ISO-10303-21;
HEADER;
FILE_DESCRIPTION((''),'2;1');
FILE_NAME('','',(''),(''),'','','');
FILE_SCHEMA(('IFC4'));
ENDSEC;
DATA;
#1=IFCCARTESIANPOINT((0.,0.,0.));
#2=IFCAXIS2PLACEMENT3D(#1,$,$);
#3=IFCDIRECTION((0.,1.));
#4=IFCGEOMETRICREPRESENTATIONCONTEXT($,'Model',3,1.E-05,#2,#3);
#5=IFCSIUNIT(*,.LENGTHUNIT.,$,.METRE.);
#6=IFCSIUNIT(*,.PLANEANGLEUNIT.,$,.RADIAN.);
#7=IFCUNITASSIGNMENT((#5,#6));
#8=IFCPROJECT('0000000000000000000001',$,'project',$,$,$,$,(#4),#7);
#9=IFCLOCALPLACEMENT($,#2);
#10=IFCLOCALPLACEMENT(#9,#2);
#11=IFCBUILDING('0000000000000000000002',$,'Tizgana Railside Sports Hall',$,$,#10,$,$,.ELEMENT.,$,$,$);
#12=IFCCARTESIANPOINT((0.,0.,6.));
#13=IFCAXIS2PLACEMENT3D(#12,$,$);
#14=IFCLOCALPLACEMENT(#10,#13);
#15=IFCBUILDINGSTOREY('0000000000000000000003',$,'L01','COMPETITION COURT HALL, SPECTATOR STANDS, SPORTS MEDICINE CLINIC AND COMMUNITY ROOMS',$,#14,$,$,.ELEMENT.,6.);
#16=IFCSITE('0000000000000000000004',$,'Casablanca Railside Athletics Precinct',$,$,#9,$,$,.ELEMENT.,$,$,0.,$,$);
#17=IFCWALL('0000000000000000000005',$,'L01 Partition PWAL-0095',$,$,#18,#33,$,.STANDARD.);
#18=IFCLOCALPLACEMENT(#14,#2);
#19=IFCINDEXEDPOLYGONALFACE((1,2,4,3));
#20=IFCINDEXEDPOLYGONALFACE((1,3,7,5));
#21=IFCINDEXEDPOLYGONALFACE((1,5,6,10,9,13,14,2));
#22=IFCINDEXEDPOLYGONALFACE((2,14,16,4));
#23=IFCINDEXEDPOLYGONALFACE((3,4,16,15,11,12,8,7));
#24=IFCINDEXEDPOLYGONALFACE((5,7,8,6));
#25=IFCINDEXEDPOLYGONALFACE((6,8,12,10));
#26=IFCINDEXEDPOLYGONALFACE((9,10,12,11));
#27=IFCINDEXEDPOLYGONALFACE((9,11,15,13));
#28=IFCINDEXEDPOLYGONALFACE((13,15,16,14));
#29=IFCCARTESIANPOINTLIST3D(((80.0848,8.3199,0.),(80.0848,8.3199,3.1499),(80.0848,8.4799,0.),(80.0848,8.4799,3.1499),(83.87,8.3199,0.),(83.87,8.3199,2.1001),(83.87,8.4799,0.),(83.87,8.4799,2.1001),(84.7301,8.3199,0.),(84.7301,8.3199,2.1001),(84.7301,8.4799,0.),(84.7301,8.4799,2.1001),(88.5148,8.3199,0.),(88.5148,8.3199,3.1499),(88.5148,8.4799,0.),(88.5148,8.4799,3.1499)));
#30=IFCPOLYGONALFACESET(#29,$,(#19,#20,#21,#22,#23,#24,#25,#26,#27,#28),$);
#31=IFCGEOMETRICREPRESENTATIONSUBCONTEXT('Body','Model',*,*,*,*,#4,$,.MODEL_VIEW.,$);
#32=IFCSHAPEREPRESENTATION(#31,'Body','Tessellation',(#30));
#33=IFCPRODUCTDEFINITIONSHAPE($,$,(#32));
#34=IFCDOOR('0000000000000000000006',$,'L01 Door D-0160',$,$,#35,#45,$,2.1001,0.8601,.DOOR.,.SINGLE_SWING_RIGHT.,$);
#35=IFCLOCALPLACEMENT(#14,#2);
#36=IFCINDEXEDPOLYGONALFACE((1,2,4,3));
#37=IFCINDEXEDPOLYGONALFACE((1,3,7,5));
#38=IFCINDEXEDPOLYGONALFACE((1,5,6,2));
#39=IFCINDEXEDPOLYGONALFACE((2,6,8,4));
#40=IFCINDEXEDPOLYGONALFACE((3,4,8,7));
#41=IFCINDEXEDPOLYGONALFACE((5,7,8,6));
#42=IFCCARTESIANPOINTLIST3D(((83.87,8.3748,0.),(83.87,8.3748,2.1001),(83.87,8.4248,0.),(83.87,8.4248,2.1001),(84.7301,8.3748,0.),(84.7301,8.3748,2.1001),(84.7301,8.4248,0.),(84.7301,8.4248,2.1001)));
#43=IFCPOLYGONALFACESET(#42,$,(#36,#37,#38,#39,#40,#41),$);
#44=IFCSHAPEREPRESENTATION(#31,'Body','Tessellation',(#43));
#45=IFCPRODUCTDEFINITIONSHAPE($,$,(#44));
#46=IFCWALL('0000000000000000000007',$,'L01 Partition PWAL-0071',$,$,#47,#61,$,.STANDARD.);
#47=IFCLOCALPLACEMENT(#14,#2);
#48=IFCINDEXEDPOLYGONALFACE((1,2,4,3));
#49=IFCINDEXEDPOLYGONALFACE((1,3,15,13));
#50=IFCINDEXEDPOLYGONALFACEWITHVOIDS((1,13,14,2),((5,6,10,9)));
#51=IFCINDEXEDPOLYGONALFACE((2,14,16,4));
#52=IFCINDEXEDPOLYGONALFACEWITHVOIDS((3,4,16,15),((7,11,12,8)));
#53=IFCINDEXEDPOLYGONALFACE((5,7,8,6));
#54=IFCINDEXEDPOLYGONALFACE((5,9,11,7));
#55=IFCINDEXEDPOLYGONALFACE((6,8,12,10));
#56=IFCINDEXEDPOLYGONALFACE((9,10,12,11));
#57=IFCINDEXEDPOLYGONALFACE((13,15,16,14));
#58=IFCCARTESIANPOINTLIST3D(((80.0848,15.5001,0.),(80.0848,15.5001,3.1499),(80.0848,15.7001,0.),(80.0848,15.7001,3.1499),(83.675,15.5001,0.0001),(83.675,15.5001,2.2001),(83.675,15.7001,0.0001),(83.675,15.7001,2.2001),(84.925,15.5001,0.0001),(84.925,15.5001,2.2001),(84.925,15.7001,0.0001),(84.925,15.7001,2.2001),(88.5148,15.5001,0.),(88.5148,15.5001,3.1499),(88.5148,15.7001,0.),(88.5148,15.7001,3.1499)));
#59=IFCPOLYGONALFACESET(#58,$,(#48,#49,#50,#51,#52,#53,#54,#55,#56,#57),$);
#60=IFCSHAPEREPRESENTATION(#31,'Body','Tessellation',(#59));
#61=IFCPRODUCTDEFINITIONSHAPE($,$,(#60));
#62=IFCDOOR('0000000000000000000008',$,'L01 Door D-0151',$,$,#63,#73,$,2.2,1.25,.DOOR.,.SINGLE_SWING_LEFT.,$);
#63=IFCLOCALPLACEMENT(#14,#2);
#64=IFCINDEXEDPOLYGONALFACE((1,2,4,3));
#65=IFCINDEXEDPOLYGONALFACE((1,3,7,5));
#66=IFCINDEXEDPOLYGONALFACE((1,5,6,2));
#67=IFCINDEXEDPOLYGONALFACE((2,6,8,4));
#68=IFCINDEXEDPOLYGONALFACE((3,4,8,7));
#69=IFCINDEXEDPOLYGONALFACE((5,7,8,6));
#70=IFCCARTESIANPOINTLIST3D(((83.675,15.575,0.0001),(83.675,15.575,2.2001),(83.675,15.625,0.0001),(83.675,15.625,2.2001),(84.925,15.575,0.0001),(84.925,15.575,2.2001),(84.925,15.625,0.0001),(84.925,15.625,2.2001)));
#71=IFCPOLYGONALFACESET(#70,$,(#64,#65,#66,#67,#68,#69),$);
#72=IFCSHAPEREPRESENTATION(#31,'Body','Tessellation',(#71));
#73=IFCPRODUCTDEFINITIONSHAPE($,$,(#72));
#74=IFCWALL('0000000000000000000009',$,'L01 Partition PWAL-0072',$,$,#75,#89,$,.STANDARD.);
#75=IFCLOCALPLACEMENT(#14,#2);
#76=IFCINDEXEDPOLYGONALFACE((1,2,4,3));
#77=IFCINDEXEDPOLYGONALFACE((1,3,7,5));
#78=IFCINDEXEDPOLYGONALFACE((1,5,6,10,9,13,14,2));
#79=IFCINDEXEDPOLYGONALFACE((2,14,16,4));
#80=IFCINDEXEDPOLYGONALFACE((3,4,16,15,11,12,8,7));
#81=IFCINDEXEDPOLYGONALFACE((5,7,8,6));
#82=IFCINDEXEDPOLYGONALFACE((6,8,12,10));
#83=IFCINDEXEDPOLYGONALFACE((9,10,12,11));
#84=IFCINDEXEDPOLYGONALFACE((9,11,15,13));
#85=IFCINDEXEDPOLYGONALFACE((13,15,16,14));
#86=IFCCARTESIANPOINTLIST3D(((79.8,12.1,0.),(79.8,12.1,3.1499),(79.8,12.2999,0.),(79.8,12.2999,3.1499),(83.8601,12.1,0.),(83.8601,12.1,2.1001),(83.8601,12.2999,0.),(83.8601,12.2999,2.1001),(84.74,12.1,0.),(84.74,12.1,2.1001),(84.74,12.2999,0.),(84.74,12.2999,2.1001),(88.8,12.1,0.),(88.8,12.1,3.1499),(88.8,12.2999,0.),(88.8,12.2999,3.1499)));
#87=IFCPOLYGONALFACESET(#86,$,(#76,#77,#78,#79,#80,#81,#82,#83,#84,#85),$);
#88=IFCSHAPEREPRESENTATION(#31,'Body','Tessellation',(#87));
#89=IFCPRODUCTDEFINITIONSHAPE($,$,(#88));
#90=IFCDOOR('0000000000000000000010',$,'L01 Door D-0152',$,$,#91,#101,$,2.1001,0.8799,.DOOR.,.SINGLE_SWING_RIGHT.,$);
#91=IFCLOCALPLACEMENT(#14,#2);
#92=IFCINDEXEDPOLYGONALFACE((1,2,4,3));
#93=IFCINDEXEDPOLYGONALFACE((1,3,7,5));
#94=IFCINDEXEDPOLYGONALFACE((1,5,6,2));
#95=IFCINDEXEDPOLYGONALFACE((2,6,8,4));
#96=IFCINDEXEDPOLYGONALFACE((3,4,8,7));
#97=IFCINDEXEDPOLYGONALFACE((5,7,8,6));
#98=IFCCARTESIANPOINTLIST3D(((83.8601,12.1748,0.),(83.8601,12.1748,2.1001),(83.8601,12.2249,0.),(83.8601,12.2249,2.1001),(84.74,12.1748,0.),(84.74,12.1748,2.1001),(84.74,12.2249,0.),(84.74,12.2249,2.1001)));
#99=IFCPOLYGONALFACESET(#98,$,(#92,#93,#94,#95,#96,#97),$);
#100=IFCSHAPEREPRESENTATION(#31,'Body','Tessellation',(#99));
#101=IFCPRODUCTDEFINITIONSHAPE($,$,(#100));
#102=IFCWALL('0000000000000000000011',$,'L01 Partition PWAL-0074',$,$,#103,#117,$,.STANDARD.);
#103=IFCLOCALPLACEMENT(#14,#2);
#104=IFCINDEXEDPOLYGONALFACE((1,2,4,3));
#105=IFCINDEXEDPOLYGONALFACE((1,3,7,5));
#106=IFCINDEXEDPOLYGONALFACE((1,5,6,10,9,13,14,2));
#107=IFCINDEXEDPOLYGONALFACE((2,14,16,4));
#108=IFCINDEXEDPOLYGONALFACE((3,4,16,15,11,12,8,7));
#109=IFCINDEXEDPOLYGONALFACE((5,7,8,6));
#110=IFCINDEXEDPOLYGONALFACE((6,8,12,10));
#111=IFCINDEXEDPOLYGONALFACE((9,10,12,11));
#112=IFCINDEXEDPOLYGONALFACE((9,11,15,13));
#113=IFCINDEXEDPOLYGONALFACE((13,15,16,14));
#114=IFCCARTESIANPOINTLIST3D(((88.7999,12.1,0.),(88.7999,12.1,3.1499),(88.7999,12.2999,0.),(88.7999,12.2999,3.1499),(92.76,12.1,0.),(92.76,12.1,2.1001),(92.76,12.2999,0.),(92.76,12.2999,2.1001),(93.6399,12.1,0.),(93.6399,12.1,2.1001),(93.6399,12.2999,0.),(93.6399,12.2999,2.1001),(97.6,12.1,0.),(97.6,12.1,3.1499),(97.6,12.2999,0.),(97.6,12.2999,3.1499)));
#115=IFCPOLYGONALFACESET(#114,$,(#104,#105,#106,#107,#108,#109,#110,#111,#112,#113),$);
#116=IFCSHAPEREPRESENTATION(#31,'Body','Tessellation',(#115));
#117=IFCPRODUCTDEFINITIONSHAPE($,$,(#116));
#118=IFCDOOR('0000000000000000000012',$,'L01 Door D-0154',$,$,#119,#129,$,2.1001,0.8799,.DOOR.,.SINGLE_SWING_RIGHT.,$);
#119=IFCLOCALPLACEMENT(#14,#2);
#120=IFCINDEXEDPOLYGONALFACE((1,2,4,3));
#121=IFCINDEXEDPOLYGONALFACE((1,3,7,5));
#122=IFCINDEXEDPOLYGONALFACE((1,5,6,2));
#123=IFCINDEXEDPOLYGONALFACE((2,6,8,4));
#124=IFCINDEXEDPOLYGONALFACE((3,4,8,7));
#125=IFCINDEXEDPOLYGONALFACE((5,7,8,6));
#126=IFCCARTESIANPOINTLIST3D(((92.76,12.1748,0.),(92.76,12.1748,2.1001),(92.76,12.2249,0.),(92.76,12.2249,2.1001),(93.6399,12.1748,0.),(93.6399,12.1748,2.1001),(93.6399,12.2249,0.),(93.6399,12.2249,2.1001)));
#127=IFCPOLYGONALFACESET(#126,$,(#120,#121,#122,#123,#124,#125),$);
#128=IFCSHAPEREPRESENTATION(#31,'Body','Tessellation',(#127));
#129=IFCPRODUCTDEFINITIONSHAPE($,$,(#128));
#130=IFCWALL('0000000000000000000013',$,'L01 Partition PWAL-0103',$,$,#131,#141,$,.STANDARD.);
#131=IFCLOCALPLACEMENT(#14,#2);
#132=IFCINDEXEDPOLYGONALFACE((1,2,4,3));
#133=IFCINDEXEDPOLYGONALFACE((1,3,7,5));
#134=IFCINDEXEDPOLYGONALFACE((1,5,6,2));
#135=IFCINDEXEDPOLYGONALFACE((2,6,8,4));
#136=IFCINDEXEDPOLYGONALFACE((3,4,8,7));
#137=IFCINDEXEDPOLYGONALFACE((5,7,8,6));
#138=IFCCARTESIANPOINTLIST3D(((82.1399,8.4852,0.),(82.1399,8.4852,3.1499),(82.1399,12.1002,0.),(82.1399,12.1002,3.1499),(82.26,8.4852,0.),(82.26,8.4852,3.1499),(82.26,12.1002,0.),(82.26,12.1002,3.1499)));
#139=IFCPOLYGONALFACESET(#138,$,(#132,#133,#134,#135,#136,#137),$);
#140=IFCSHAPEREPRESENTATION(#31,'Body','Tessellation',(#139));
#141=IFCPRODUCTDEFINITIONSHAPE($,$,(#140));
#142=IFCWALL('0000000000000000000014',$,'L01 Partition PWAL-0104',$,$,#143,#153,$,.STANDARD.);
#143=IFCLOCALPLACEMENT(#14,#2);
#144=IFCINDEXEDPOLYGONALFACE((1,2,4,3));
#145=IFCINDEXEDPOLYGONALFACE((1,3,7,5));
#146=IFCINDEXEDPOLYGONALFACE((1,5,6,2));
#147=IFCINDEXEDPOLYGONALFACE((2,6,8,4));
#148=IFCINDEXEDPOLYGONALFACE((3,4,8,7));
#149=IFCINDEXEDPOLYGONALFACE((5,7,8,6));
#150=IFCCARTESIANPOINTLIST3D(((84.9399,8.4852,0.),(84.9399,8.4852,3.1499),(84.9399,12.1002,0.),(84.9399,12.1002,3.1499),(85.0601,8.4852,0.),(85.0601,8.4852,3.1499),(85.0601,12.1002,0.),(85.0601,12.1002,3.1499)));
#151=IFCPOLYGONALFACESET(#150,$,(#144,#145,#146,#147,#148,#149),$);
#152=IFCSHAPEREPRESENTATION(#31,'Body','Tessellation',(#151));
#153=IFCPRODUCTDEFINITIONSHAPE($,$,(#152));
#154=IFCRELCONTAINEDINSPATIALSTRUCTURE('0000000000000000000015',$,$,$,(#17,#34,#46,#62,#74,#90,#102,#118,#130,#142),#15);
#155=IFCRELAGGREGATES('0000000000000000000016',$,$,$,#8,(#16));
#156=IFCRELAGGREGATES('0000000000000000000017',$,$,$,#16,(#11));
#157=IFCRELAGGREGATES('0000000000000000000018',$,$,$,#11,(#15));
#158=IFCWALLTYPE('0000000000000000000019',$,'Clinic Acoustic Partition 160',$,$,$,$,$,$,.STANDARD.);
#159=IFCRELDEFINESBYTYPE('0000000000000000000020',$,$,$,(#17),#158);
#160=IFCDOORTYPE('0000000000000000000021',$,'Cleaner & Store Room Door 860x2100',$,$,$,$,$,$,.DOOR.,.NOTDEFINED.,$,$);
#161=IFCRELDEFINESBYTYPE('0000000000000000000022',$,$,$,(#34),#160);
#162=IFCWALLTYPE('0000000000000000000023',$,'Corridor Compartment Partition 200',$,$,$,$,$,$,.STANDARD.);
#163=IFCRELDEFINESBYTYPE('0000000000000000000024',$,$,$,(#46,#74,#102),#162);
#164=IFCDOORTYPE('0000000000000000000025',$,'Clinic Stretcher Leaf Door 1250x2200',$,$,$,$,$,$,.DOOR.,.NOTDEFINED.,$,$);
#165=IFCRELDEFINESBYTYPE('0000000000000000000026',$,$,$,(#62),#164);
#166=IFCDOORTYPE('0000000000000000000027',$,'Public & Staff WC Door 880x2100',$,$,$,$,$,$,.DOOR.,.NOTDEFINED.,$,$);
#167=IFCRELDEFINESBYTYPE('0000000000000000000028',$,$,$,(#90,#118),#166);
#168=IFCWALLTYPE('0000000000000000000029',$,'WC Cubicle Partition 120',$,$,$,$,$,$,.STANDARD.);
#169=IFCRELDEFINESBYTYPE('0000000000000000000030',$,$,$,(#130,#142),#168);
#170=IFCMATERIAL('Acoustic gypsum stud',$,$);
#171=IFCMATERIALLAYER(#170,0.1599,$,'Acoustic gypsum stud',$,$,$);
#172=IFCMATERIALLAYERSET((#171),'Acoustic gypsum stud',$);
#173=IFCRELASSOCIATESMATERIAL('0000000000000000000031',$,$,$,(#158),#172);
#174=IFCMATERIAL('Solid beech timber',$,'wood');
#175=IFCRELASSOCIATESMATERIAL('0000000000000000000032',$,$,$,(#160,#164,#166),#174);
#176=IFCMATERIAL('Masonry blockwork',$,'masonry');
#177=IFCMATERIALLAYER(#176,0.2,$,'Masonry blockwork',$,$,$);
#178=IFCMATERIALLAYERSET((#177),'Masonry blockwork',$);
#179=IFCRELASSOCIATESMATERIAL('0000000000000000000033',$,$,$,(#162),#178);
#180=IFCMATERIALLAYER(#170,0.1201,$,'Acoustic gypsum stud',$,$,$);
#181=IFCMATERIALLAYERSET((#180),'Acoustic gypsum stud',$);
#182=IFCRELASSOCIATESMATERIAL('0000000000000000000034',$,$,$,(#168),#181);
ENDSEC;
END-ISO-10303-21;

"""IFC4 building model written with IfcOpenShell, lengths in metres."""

from ifc_helpers import new_model, si_unit, direction, frame, frame_2d, origin, place, context, subcontext, project, spatial, rectangle, extrude, material, layer, layer_set, type_object, element, fill, save


model = new_model("IFC4")

# Units and contexts
model_context = context("Model", 3, precision=1e-05, world=origin(), true_north=direction((0.0, 1.0)))
body_context = subcontext(model_context, "Body", "Model", "MODEL_VIEW")
ifc_project = project(units=[si_unit("LENGTHUNIT", "METRE"), si_unit("PLANEANGLEUNIT", "RADIAN")], contexts=[model_context])

# Site, building, storey
site_placement = place(None, origin())
site = spatial("IfcSite", under=ifc_project, at=site_placement, Name="Casablanca Railside Athletics Precinct", CompositionType="ELEMENT", RefElevation=0.0)
building_placement = place(site_placement, origin())
building = spatial("IfcBuilding", under=site, at=building_placement, Name="Tizgana Railside Sports Hall", CompositionType="ELEMENT")
storey_placement = place(building_placement, frame((0.0, 0.0, 6.0)))
storey = spatial("IfcBuildingStorey", under=building, at=storey_placement, Name="L01", Description="COMPETITION COURT HALL, SPECTATOR STANDS, SPORTS MEDICINE CLINIC AND COMMUNITY ROOMS", CompositionType="ELEMENT", Elevation=6.0)

# Shared definitions
ifc_material_1 = material(Name="Acoustic gypsum stud")
ifc_layer_1 = layer(ifc_material_1, 0.1599, Name="Acoustic gypsum stud")
ifc_layer_set_1 = layer_set([ifc_layer_1], Name="Acoustic gypsum stud")
wall_type_1 = type_object("IfcWallType", Name="Clinic Acoustic Partition 160", PredefinedType="STANDARD", material=ifc_layer_set_1)

# Walls, openings, doors
wall_1_placement = place(storey_placement, frame((80.085, 8.3999, 0.0), z_axis=(0.0, 0.0, 1.0), x_axis=(1.0, 0.0, 0.0)))
wall_1 = element("IfcWall", 1, at=wall_1_placement, inside=storey, type_object=wall_type_1, Name="L01 Partition PWAL-0095", PredefinedType="STANDARD", context=body_context, shape_type="SweptSolid", body=[
    extrude(rectangle(XDim=8.4299, YDim=0.1599, at=frame_2d((4.2148, 0.0))), origin(), (0.0, 0.0, 1.0), 3.1499),
])
opening_1_placement = place(wall_1_placement, frame((3.7849, 0.0, 0.0)))
opening_1 = element("IfcOpeningElement", 2, at=opening_1_placement, cuts=wall_1, PredefinedType="OPENING", context=body_context, shape_type="SweptSolid", body=[
    extrude(rectangle(XDim=0.8601, YDim=2.1001, at=frame_2d((0.4302, 1.05))), frame((0.0, 0.0898, 0.0), z_axis=(0.0, -1.0, 0.0), x_axis=(1.0, 0.0, 0.0)), (0.0, 0.0, 1.0), 0.1799),
])
ifc_material_2 = material(Name="Solid beech timber", Category="wood")
door_type_1 = type_object("IfcDoorType", Name="Cleaner & Store Room Door 860x2100", OperationType="NOTDEFINED", PredefinedType="DOOR", material=ifc_material_2)
door_1_placement = place(opening_1_placement, origin())
door_1 = element("IfcDoor", 3, at=door_1_placement, inside=storey, type_object=door_type_1, Name="L01 Door D-0160", OperationType="SINGLE_SWING_RIGHT", OverallHeight=2.1001, OverallWidth=0.8601, PredefinedType="DOOR", context=body_context, shape_type="SweptSolid", body=[
    extrude(rectangle(XDim=0.8601, YDim=2.1001, at=frame_2d((0.4302, 1.05))), frame((0.0, 0.0249, 0.0), z_axis=(0.0, -1.0, 0.0), x_axis=(1.0, 0.0, 0.0)), (0.0, 0.0, 1.0), 0.05),
])
fill(opening_1, door_1)
ifc_material_3 = material(Name="Masonry blockwork", Category="masonry")
ifc_layer_2 = layer(ifc_material_3, 0.2, Name="Masonry blockwork")
ifc_layer_set_2 = layer_set([ifc_layer_2], Name="Masonry blockwork")
wall_type_2 = type_object("IfcWallType", Name="Corridor Compartment Partition 200", PredefinedType="STANDARD", material=ifc_layer_set_2)
wall_2_placement = place(storey_placement, frame((80.085, 15.6001, 0.0), z_axis=(0.0, 0.0, 1.0), x_axis=(1.0, 0.0, 0.0)))
wall_2 = element("IfcWall", 4, at=wall_2_placement, inside=storey, type_object=wall_type_2, Name="L01 Partition PWAL-0071", PredefinedType="STANDARD", context=body_context, shape_type="SweptSolid", body=[
    extrude(rectangle(XDim=8.4299, YDim=0.2, at=frame_2d((4.2148, 0.0))), origin(), (0.0, 0.0, 1.0), 3.1499),
])
opening_2_placement = place(wall_2_placement, frame((3.5901, 0.0, 0.0)))
opening_2 = element("IfcOpeningElement", 5, at=opening_2_placement, cuts=wall_2, PredefinedType="OPENING", context=body_context, shape_type="SweptSolid", body=[
    extrude(rectangle(XDim=1.25, YDim=2.2, at=frame_2d((0.625, 1.1001))), frame((0.0, 0.1099, 0.0), z_axis=(0.0, -1.0, 0.0), x_axis=(1.0, 0.0, 0.0)), (0.0, 0.0, 1.0), 0.22),
])
door_type_2 = type_object("IfcDoorType", Name="Clinic Stretcher Leaf Door 1250x2200", OperationType="NOTDEFINED", PredefinedType="DOOR", material=ifc_material_2)
door_2_placement = place(opening_2_placement, origin())
door_2 = element("IfcDoor", 6, at=door_2_placement, inside=storey, type_object=door_type_2, Name="L01 Door D-0151", OperationType="SINGLE_SWING_LEFT", OverallHeight=2.2, OverallWidth=1.25, PredefinedType="DOOR", context=body_context, shape_type="SweptSolid", body=[
    extrude(rectangle(XDim=1.25, YDim=2.2, at=frame_2d((0.625, 1.1001))), frame((0.0, 0.0249, 0.0), z_axis=(0.0, -1.0, 0.0), x_axis=(1.0, 0.0, 0.0)), (0.0, 0.0, 1.0), 0.05),
])
fill(opening_2, door_2)
wall_3_placement = place(storey_placement, frame((79.8, 12.2, 0.0), z_axis=(0.0, 0.0, 1.0), x_axis=(1.0, 0.0, 0.0)))
wall_3 = element("IfcWall", 7, at=wall_3_placement, inside=storey, type_object=wall_type_2, Name="L01 Partition PWAL-0072", PredefinedType="STANDARD", context=body_context, shape_type="SweptSolid", body=[
    extrude(rectangle(XDim=9.0, YDim=0.2, at=frame_2d((4.5, 0.0))), origin(), (0.0, 0.0, 1.0), 3.1499),
])
opening_3_placement = place(wall_3_placement, frame((4.0601, 0.0, 0.0)))
opening_3 = element("IfcOpeningElement", 8, at=opening_3_placement, cuts=wall_3, PredefinedType="OPENING", context=body_context, shape_type="SweptSolid", body=[
    extrude(rectangle(XDim=0.8799, YDim=2.1001, at=frame_2d((0.4399, 1.05))), frame((0.0, 0.1099, 0.0), z_axis=(0.0, -1.0, 0.0), x_axis=(1.0, 0.0, 0.0)), (0.0, 0.0, 1.0), 0.22),
])
door_type_3 = type_object("IfcDoorType", Name="Public & Staff WC Door 880x2100", OperationType="NOTDEFINED", PredefinedType="DOOR", material=ifc_material_2)
door_3_placement = place(opening_3_placement, origin())
door_3 = element("IfcDoor", 9, at=door_3_placement, inside=storey, type_object=door_type_3, Name="L01 Door D-0152", OperationType="SINGLE_SWING_RIGHT", OverallHeight=2.1001, OverallWidth=0.8799, PredefinedType="DOOR", context=body_context, shape_type="SweptSolid", body=[
    extrude(rectangle(XDim=0.8799, YDim=2.1001, at=frame_2d((0.4399, 1.05))), frame((0.0, 0.0249, 0.0), z_axis=(0.0, -1.0, 0.0), x_axis=(1.0, 0.0, 0.0)), (0.0, 0.0, 1.0), 0.05),
])
fill(opening_3, door_3)
wall_4_placement = place(storey_placement, frame((88.8, 12.2, 0.0), z_axis=(0.0, 0.0, 1.0), x_axis=(1.0, 0.0, 0.0)))
wall_4 = element("IfcWall", 10, at=wall_4_placement, inside=storey, type_object=wall_type_2, Name="L01 Partition PWAL-0074", PredefinedType="STANDARD", context=body_context, shape_type="SweptSolid", body=[
    extrude(rectangle(XDim=8.8, YDim=0.2, at=frame_2d((4.3999, 0.0))), origin(), (0.0, 0.0, 1.0), 3.1499),
])
opening_4_placement = place(wall_4_placement, frame((3.96, 0.0, 0.0)))
opening_4 = element("IfcOpeningElement", 11, at=opening_4_placement, cuts=wall_4, PredefinedType="OPENING", context=body_context, shape_type="SweptSolid", body=[
    extrude(rectangle(XDim=0.8799, YDim=2.1001, at=frame_2d((0.4399, 1.05))), frame((0.0, 0.1099, 0.0), z_axis=(0.0, -1.0, 0.0), x_axis=(1.0, 0.0, 0.0)), (0.0, 0.0, 1.0), 0.22),
])
door_4_placement = place(opening_4_placement, origin())
door_4 = element("IfcDoor", 12, at=door_4_placement, inside=storey, type_object=door_type_3, Name="L01 Door D-0154", OperationType="SINGLE_SWING_RIGHT", OverallHeight=2.1001, OverallWidth=0.8799, PredefinedType="DOOR", context=body_context, shape_type="SweptSolid", body=[
    extrude(rectangle(XDim=0.8799, YDim=2.1001, at=frame_2d((0.4399, 1.05))), frame((0.0, 0.0249, 0.0), z_axis=(0.0, -1.0, 0.0), x_axis=(1.0, 0.0, 0.0)), (0.0, 0.0, 1.0), 0.05),
])
fill(opening_4, door_4)

# Walls
ifc_layer_3 = layer(ifc_material_1, 0.1201, Name="Acoustic gypsum stud")
ifc_layer_set_3 = layer_set([ifc_layer_3], Name="Acoustic gypsum stud")
wall_type_3 = type_object("IfcWallType", Name="WC Cubicle Partition 120", PredefinedType="STANDARD", material=ifc_layer_set_3)
for number, where, z_axis, x_axis, name in (
    (13, (82.2, 8.4851, 0.0), (0.0, 0.0, 1.0), (0.0, 1.0, 0.0), "L01 Partition PWAL-0103"),
    (14, (85.0, 8.4851, 0.0), (0.0, 0.0, 1.0), (0.0, 1.0, 0.0), "L01 Partition PWAL-0104"),
):
    element("IfcWall", number, at=place(storey_placement, frame(where, z_axis=z_axis, x_axis=x_axis)), inside=storey, type_object=wall_type_3, Name=name, PredefinedType="STANDARD", context=body_context, shape_type="SweptSolid", body=[
        extrude(rectangle(XDim=3.615, YDim=0.1201, at=frame_2d((1.8076, 0.0))), origin(), (0.0, 0.0, 1.0), 3.1499),
    ])

save(model, "model.ifc")
